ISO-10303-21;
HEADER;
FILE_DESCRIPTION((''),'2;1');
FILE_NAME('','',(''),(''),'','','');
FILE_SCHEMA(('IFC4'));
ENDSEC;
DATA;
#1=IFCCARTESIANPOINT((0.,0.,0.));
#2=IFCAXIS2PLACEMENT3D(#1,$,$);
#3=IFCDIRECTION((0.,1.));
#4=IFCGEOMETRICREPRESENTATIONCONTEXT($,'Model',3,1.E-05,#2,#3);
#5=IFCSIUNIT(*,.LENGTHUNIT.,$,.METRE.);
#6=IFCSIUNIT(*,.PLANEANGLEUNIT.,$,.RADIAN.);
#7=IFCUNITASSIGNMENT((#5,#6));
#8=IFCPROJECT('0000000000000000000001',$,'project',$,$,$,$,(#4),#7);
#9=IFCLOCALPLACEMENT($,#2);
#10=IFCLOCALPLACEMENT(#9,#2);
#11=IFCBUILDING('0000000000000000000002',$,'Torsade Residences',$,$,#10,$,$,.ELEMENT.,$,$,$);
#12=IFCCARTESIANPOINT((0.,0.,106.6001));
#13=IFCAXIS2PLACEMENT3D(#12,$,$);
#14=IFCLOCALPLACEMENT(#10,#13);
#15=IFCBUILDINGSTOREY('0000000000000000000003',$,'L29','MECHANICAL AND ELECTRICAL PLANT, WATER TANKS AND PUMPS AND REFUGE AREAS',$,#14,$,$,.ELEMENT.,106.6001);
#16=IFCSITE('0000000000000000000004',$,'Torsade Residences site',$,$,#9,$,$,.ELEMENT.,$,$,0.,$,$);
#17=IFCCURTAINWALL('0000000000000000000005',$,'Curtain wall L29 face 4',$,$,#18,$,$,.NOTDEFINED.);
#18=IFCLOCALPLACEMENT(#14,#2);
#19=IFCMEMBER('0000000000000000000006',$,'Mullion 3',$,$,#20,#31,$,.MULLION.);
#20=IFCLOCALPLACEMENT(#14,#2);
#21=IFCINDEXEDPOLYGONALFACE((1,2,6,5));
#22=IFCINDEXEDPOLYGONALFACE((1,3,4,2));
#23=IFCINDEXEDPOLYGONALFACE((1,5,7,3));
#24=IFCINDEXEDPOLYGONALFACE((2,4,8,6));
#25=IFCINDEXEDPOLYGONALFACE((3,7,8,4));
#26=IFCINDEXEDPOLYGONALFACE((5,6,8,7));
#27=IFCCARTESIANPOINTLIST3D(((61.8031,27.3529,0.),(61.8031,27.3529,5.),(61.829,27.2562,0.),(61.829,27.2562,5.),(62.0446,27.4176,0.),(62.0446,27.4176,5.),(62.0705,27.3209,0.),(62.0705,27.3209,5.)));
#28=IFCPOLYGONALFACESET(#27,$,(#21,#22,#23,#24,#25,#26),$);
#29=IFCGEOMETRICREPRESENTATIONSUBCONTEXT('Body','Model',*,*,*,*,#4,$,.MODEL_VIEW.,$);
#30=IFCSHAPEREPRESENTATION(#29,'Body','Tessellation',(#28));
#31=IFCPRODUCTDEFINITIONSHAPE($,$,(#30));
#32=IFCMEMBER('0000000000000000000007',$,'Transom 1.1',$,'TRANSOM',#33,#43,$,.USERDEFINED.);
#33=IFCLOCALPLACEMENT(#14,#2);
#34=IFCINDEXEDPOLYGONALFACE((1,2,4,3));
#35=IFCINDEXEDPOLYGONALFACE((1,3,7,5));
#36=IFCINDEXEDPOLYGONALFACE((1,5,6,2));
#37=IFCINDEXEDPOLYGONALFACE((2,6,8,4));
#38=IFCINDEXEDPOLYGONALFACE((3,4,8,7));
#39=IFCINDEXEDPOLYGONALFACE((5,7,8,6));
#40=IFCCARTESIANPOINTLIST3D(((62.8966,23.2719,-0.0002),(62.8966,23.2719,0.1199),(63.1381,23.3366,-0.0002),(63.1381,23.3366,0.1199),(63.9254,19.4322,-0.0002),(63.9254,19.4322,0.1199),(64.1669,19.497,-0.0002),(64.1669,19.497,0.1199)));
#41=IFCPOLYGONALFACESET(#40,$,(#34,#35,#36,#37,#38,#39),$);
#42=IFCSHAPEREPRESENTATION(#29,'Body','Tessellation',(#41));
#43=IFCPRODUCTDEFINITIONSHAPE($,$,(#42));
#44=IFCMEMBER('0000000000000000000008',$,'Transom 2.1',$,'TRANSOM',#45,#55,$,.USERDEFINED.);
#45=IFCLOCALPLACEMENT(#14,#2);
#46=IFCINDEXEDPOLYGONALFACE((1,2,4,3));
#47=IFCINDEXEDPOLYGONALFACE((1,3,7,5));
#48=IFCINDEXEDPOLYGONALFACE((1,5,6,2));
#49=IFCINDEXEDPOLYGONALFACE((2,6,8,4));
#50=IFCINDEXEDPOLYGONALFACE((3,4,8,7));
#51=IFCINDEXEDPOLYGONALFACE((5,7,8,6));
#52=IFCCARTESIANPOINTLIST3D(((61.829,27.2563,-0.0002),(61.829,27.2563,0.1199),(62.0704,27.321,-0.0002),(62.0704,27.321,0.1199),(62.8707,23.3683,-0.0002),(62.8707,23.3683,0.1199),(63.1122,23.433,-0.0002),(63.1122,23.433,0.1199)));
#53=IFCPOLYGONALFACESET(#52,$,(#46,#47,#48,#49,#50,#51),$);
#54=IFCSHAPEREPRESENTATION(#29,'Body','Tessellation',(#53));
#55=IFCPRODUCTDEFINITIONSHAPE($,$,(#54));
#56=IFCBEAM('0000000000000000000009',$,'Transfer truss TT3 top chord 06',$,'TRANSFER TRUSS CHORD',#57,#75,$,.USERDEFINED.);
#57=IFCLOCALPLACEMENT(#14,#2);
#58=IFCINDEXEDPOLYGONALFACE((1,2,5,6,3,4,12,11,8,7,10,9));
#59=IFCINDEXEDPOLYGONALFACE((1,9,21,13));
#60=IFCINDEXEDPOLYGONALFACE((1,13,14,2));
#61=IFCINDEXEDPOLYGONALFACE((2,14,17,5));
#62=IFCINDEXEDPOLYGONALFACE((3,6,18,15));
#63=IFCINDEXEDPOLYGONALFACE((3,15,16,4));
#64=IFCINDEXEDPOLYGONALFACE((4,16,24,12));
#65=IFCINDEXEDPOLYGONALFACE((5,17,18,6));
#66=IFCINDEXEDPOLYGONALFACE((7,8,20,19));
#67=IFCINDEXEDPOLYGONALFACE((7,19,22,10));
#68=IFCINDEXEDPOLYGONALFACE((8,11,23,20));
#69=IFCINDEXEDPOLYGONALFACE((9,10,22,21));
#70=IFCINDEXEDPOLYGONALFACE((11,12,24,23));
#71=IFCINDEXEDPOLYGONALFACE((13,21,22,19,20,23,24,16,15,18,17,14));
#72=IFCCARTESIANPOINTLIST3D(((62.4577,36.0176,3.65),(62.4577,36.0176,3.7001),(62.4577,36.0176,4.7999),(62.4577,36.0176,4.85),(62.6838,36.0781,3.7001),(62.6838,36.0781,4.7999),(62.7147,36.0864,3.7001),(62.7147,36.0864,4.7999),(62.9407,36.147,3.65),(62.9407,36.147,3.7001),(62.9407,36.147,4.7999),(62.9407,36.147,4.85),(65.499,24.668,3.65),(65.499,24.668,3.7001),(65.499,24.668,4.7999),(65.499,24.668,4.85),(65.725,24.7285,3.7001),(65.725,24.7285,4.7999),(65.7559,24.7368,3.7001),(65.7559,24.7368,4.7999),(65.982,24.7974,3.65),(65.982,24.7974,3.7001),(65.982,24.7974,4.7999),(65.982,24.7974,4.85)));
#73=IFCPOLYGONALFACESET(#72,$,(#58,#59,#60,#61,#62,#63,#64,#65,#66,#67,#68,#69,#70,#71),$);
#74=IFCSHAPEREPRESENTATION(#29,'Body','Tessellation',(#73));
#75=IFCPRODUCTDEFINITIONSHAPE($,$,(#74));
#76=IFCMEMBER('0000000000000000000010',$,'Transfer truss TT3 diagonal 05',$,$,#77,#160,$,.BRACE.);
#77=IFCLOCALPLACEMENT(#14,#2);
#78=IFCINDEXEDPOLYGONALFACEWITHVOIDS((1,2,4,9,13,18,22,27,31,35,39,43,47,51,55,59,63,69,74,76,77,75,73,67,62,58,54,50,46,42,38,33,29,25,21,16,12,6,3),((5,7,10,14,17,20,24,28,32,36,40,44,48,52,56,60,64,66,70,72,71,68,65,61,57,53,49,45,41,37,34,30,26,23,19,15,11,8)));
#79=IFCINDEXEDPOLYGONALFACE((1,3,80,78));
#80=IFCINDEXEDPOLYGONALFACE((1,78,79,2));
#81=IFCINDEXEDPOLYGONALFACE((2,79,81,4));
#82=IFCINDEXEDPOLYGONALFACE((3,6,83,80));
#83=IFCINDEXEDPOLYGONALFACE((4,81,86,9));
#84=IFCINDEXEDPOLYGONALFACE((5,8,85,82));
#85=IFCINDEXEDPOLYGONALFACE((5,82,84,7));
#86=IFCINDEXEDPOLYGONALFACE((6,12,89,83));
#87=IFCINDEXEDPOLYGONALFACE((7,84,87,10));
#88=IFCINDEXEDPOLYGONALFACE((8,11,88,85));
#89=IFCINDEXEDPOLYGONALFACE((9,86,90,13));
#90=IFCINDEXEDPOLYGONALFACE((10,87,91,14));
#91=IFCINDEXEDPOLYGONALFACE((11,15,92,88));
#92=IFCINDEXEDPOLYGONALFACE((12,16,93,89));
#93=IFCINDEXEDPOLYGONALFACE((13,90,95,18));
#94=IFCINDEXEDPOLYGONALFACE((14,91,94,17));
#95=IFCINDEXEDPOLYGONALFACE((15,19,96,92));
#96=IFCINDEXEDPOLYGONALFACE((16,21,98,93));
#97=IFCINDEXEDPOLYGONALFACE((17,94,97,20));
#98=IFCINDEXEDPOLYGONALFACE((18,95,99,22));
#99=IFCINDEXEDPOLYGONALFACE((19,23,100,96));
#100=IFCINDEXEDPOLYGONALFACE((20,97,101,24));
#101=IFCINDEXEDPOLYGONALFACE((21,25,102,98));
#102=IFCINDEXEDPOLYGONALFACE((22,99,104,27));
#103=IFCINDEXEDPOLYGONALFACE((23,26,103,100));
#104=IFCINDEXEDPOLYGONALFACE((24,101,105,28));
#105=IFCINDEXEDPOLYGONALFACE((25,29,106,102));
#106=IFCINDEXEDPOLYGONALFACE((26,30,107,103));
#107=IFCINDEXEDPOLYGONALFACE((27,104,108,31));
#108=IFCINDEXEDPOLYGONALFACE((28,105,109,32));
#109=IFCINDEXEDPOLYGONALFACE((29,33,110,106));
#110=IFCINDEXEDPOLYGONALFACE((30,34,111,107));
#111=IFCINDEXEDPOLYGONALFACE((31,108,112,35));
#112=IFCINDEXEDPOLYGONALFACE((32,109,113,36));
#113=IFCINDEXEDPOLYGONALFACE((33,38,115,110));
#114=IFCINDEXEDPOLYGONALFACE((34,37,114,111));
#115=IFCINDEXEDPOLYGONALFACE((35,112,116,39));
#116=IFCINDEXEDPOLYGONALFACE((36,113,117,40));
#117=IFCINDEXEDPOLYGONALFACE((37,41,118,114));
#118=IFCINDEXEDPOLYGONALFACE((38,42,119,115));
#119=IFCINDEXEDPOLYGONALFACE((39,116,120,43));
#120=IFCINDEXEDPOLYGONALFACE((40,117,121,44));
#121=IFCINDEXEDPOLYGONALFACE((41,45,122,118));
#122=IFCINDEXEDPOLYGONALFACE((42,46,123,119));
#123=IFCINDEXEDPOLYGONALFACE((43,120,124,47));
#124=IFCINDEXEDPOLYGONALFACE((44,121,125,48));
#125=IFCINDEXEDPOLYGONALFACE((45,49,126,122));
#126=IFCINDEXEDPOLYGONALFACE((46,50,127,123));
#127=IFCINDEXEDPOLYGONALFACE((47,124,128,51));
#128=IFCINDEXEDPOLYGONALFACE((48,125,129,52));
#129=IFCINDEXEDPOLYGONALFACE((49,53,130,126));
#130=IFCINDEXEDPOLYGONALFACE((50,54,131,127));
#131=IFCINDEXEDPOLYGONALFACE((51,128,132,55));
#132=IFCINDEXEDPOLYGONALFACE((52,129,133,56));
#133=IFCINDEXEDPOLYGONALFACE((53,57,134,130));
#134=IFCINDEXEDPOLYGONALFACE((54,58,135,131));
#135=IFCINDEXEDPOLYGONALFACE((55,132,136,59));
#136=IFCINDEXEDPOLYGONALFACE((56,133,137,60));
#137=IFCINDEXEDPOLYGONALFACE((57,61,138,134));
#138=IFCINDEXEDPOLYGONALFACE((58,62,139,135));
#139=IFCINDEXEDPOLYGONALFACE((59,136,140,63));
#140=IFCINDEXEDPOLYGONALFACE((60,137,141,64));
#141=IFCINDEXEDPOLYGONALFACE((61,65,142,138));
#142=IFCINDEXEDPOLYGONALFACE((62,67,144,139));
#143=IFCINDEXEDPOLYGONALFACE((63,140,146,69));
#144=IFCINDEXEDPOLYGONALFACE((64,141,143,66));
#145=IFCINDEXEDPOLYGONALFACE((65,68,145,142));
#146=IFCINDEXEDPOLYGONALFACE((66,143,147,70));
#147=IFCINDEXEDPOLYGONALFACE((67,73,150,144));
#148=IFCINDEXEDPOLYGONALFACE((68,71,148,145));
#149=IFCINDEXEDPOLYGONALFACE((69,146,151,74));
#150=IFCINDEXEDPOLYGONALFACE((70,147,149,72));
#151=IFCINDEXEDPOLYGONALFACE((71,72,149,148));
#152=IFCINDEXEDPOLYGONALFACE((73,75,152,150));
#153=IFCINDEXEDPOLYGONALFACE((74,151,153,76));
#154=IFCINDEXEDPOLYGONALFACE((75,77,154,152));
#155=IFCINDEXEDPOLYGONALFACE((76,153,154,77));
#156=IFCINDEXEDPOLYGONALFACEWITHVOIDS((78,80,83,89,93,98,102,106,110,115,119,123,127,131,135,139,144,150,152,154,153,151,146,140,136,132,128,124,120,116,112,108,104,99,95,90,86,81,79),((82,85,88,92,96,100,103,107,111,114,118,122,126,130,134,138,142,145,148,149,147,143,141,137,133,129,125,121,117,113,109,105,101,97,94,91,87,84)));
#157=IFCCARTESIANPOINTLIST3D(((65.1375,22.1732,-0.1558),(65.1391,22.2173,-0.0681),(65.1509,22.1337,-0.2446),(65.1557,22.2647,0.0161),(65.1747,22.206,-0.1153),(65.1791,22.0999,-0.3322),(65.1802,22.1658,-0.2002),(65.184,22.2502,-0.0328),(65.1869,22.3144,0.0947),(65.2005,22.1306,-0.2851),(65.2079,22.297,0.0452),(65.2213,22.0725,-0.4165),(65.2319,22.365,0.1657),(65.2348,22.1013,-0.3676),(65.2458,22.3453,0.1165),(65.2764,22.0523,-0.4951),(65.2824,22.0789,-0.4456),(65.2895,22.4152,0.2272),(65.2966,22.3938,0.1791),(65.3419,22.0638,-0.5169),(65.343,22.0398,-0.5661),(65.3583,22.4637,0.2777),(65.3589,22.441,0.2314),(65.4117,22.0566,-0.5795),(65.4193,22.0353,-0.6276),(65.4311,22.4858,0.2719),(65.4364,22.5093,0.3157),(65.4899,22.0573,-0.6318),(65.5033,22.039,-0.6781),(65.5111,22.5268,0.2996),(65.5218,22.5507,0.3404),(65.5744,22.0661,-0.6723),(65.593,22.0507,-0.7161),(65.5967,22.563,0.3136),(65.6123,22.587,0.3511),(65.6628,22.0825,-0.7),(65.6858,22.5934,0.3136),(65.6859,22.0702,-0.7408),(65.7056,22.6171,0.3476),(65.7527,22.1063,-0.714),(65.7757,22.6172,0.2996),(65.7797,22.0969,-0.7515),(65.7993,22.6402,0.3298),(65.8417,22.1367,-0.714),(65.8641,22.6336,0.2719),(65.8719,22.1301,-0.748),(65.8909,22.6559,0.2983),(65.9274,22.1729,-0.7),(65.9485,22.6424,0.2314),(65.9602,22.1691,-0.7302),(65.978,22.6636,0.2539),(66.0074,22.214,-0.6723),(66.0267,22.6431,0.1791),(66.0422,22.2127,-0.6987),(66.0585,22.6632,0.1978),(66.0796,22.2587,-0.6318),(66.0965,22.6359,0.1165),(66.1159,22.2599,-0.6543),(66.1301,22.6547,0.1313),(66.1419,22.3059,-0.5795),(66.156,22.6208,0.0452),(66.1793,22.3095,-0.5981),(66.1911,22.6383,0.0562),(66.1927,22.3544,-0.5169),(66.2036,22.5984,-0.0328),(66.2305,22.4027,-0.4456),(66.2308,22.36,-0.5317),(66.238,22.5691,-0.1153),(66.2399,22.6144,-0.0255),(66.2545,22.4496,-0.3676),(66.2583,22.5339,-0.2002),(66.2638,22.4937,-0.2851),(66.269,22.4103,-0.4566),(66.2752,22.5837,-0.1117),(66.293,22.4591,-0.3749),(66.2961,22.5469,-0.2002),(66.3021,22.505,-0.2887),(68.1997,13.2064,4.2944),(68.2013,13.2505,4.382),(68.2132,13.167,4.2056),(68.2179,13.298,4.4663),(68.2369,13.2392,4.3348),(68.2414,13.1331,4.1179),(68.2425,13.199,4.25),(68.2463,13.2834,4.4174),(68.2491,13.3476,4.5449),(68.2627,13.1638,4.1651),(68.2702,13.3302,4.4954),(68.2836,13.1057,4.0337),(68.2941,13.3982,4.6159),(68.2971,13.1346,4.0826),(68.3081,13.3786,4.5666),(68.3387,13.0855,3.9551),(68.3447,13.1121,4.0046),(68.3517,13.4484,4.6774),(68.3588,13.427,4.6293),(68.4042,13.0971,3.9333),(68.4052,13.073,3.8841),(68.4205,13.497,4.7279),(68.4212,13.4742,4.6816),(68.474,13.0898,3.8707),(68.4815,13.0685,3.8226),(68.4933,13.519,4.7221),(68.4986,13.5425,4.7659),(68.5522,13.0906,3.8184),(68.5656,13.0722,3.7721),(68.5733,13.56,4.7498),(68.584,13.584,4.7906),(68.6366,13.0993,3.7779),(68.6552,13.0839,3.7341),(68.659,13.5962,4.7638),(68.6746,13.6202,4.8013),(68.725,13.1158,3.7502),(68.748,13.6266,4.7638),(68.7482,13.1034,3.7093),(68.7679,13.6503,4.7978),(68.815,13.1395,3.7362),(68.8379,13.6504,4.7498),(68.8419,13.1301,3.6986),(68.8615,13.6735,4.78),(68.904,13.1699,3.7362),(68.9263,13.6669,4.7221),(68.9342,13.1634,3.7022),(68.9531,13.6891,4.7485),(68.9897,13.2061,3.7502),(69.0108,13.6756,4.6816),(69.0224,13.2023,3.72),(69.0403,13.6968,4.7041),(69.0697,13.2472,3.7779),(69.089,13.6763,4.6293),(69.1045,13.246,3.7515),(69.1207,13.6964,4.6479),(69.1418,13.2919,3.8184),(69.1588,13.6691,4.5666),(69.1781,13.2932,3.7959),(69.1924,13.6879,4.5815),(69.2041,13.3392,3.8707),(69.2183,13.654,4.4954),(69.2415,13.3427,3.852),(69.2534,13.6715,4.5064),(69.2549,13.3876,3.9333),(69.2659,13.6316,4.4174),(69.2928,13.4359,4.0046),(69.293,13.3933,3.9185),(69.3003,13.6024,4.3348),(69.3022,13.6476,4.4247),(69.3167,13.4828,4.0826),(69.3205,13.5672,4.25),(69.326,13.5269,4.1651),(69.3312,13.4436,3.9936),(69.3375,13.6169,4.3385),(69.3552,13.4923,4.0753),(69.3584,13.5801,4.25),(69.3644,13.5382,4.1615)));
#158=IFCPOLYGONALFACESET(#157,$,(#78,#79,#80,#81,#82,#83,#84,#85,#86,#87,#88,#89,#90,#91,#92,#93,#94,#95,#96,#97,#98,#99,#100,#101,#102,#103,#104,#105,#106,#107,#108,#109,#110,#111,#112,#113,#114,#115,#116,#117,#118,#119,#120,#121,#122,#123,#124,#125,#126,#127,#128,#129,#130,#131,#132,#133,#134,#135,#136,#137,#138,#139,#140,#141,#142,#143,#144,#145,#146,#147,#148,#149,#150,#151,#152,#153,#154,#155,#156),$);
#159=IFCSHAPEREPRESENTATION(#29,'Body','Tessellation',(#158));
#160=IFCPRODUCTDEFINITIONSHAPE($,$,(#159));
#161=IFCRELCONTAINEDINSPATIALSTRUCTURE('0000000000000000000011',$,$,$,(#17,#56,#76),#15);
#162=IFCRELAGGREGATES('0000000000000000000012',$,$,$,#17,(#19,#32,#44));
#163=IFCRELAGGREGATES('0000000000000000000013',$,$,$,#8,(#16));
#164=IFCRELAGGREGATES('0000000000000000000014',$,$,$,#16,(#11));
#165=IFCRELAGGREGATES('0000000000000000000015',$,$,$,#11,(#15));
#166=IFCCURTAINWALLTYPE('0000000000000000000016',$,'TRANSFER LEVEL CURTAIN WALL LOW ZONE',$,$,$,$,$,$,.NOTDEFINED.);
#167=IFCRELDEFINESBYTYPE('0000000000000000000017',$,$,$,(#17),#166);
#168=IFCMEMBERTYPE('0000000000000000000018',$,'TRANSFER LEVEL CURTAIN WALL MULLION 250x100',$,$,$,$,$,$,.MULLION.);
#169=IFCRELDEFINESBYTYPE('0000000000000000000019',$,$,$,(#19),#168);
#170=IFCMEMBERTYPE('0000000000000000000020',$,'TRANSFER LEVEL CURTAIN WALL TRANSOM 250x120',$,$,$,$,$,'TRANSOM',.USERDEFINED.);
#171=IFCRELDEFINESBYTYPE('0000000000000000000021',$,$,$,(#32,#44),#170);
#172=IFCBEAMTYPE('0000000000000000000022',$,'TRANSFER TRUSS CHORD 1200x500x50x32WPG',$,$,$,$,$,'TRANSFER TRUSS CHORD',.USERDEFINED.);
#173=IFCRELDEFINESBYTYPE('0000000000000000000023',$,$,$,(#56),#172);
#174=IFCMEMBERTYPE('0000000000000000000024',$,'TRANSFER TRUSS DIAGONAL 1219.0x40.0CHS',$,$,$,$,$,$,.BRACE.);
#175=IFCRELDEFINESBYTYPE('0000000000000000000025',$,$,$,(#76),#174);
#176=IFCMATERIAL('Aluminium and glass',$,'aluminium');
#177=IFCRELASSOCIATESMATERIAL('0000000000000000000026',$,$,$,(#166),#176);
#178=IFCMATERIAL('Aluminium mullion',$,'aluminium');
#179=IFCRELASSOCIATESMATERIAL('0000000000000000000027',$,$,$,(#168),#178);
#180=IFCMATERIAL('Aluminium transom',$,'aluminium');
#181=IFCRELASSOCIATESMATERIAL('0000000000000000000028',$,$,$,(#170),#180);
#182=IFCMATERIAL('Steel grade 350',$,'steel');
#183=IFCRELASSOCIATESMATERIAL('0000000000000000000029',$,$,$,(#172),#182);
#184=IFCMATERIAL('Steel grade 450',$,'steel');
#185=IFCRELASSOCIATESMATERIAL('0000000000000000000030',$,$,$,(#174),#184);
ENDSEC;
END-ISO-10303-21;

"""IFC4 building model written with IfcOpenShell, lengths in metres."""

from ifc_helpers import new_model, si_unit, direction, frame, origin, origin_2d, place, context, subcontext, project, spatial, rectangle, hollow_circle, i_section, extrude, material, material_profile, profile_set, type_object, element, aggregate, save


model = new_model("IFC4")

# Units and contexts
model_context = context("Model", 3, precision=1e-05, world=origin(), true_north=direction((0.0, 1.0)))
body_context = subcontext(model_context, "Body", "Model", "MODEL_VIEW")
ifc_project = project(units=[si_unit("LENGTHUNIT", "METRE"), si_unit("PLANEANGLEUNIT", "RADIAN")], contexts=[model_context])

# Site, building, storey
site_placement = place(None, origin())
site = spatial("IfcSite", under=ifc_project, at=site_placement, Name="Torsade Residences site", CompositionType="ELEMENT", RefElevation=0.0)
building_placement = place(site_placement, origin())
building = spatial("IfcBuilding", under=site, at=building_placement, Name="Torsade Residences", CompositionType="ELEMENT")
storey_placement = place(building_placement, frame((0.0, 0.0, 106.6001)))
storey = spatial("IfcBuildingStorey", under=building, at=storey_placement, Name="L29", Description="MECHANICAL AND ELECTRICAL PLANT, WATER TANKS AND PUMPS AND REFUGE AREAS", CompositionType="ELEMENT", Elevation=106.6001)

# Shared definitions
ifc_material_1 = material(Name="Aluminium and glass", Category="aluminium")
curtain_wall_type = type_object("IfcCurtainWallType", Name="TRANSFER LEVEL CURTAIN WALL LOW ZONE", PredefinedType="NOTDEFINED", material=ifc_material_1)
ifc_material_2 = material(Name="Aluminium mullion", Category="aluminium")
ifc_material_profile_1 = material_profile(ifc_material_2, rectangle(XDim=0.25, YDim=0.1001, at=origin_2d()), Name="TRANSFER LEVEL CURTAIN WALL MULLION 250x100")
ifc_profile_set_1 = profile_set([ifc_material_profile_1], Name="Aluminium mullion")
member_type_1 = type_object("IfcMemberType", Name="TRANSFER LEVEL CURTAIN WALL MULLION 250x100", PredefinedType="MULLION", material=ifc_profile_set_1)

# Curtain wall, members
curtain_wall_1_placement = place(storey_placement, origin())
curtain_wall_1 = element("IfcCurtainWall", 1, at=curtain_wall_1_placement, inside=storey, type_object=curtain_wall_type, Name="Curtain wall L29 face 4", PredefinedType="NOTDEFINED")
member_1_placement = place(storey_placement, frame((61.9368, 27.3369, 0.0), z_axis=(0.0, 0.0, 1.0), x_axis=(-0.965926, -0.258819, 0.0)))
member_1 = element("IfcMember", 2, at=member_1_placement, type_object=member_type_1, Name="Mullion 3", PredefinedType="MULLION", context=body_context, shape_type="SweptSolid", body=[
    extrude(rectangle(XDim=0.25, YDim=0.1001, at=origin_2d()), origin(), (0.0, 0.0, 1.0), 5.0),
])
ifc_material_3 = material(Name="Aluminium transom", Category="aluminium")
ifc_material_profile_2 = material_profile(ifc_material_3, rectangle(XDim=0.25, YDim=0.1201, at=origin_2d()), Name="TRANSFER LEVEL CURTAIN WALL TRANSOM 250x120")
ifc_profile_set_2 = profile_set([ifc_material_profile_2], Name="Aluminium transom")
member_type_2 = type_object("IfcMemberType", Name="TRANSFER LEVEL CURTAIN WALL TRANSOM 250x120", ElementType="TRANSOM", PredefinedType="USERDEFINED", material=ifc_profile_set_2)
member_2_placement = place(storey_placement, frame((64.0461, 19.4646, 0.0598), z_axis=(-0.258817, 0.965926, 0.0), x_axis=(-0.965926, -0.258817, 0.0)))
member_2 = element("IfcMember", 3, at=member_2_placement, type_object=member_type_2, Name="Transom 1.1", ObjectType="TRANSOM", PredefinedType="USERDEFINED", context=body_context, shape_type="SweptSolid", body=[
    extrude(rectangle(XDim=0.25, YDim=0.1201, at=origin_2d()), origin(), (0.0, 0.0, 1.0), 3.9751),
])
member_3_placement = place(storey_placement, frame((62.9915, 23.4006, 0.0598), z_axis=(-0.258814, 0.965927, 0.0), x_axis=(-0.965927, -0.258814, 0.0)))
member_3 = element("IfcMember", 4, at=member_3_placement, type_object=member_type_2, Name="Transom 2.1", ObjectType="TRANSOM", PredefinedType="USERDEFINED", context=body_context, shape_type="SweptSolid", body=[
    extrude(rectangle(XDim=0.25, YDim=0.1201, at=origin_2d()), origin(), (0.0, 0.0, 1.0), 4.0251),
])

# Beam
ifc_material_4 = material(Name="Steel grade 350", Category="steel")
ifc_material_profile_3 = material_profile(ifc_material_4, i_section(OverallWidth=0.5, OverallDepth=1.2, WebThickness=0.032, FlangeThickness=0.05, at=origin_2d()), Name="1200x500x50x32WPG")
ifc_profile_set_3 = profile_set([ifc_material_profile_3], Name="Steel grade 350")
beam_type_1 = type_object("IfcBeamType", Name="TRANSFER TRUSS CHORD 1200x500x50x32WPG", ElementType="TRANSFER TRUSS CHORD", PredefinedType="USERDEFINED", material=ifc_profile_set_3)
beam_1_placement = place(storey_placement, frame((65.7405, 24.7327, 4.25), z_axis=(-0.25883, 0.965923, 0.0), x_axis=(-0.965923, -0.25883, 0.0)))
element("IfcBeam", 5, at=beam_1_placement, inside=storey, type_object=beam_type_1, Name="Transfer truss TT3 top chord 06", ObjectType="TRANSFER TRUSS CHORD", PredefinedType="USERDEFINED", context=body_context, shape_type="SweptSolid", body=[
    extrude(i_section(OverallWidth=0.5, OverallDepth=1.2, WebThickness=0.032, FlangeThickness=0.05, at=origin_2d()), origin(), (0.0, 0.0, 1.0), 11.75),
])

# Member
ifc_material_5 = material(Name="Steel grade 450", Category="steel")
ifc_material_profile_4 = material_profile(ifc_material_5, hollow_circle(Radius=0.6096, WallThickness=0.04, at=origin_2d()), Name="1219.0x40.0CHS")
ifc_profile_set_4 = profile_set([ifc_material_profile_4], Name="Steel grade 450")
member_type_3 = type_object("IfcMemberType", Name="TRANSFER TRUSS DIAGONAL 1219.0x40.0CHS", PredefinedType="BRACE", material=ifc_profile_set_4)
member_4_placement = place(storey_placement, frame((65.7192, 22.3499, -0.2002), z_axis=(0.292527, -0.856567, 0.425112), x_axis=(0.946336, 0.323184, 0.0)))
element("IfcMember", 6, at=member_4_placement, inside=storey, type_object=member_type_3, Name="Transfer truss TT3 diagonal 05", PredefinedType="BRACE", context=body_context, shape_type="SweptSolid", body=[
    extrude(hollow_circle(Radius=0.6096, WallThickness=0.04, at=origin_2d()), origin(), (0.0, 0.0, 1.0), 10.4683),
])

aggregate(curtain_wall_1, [member_1, member_2, member_3])

save(model, "model.ifc")
